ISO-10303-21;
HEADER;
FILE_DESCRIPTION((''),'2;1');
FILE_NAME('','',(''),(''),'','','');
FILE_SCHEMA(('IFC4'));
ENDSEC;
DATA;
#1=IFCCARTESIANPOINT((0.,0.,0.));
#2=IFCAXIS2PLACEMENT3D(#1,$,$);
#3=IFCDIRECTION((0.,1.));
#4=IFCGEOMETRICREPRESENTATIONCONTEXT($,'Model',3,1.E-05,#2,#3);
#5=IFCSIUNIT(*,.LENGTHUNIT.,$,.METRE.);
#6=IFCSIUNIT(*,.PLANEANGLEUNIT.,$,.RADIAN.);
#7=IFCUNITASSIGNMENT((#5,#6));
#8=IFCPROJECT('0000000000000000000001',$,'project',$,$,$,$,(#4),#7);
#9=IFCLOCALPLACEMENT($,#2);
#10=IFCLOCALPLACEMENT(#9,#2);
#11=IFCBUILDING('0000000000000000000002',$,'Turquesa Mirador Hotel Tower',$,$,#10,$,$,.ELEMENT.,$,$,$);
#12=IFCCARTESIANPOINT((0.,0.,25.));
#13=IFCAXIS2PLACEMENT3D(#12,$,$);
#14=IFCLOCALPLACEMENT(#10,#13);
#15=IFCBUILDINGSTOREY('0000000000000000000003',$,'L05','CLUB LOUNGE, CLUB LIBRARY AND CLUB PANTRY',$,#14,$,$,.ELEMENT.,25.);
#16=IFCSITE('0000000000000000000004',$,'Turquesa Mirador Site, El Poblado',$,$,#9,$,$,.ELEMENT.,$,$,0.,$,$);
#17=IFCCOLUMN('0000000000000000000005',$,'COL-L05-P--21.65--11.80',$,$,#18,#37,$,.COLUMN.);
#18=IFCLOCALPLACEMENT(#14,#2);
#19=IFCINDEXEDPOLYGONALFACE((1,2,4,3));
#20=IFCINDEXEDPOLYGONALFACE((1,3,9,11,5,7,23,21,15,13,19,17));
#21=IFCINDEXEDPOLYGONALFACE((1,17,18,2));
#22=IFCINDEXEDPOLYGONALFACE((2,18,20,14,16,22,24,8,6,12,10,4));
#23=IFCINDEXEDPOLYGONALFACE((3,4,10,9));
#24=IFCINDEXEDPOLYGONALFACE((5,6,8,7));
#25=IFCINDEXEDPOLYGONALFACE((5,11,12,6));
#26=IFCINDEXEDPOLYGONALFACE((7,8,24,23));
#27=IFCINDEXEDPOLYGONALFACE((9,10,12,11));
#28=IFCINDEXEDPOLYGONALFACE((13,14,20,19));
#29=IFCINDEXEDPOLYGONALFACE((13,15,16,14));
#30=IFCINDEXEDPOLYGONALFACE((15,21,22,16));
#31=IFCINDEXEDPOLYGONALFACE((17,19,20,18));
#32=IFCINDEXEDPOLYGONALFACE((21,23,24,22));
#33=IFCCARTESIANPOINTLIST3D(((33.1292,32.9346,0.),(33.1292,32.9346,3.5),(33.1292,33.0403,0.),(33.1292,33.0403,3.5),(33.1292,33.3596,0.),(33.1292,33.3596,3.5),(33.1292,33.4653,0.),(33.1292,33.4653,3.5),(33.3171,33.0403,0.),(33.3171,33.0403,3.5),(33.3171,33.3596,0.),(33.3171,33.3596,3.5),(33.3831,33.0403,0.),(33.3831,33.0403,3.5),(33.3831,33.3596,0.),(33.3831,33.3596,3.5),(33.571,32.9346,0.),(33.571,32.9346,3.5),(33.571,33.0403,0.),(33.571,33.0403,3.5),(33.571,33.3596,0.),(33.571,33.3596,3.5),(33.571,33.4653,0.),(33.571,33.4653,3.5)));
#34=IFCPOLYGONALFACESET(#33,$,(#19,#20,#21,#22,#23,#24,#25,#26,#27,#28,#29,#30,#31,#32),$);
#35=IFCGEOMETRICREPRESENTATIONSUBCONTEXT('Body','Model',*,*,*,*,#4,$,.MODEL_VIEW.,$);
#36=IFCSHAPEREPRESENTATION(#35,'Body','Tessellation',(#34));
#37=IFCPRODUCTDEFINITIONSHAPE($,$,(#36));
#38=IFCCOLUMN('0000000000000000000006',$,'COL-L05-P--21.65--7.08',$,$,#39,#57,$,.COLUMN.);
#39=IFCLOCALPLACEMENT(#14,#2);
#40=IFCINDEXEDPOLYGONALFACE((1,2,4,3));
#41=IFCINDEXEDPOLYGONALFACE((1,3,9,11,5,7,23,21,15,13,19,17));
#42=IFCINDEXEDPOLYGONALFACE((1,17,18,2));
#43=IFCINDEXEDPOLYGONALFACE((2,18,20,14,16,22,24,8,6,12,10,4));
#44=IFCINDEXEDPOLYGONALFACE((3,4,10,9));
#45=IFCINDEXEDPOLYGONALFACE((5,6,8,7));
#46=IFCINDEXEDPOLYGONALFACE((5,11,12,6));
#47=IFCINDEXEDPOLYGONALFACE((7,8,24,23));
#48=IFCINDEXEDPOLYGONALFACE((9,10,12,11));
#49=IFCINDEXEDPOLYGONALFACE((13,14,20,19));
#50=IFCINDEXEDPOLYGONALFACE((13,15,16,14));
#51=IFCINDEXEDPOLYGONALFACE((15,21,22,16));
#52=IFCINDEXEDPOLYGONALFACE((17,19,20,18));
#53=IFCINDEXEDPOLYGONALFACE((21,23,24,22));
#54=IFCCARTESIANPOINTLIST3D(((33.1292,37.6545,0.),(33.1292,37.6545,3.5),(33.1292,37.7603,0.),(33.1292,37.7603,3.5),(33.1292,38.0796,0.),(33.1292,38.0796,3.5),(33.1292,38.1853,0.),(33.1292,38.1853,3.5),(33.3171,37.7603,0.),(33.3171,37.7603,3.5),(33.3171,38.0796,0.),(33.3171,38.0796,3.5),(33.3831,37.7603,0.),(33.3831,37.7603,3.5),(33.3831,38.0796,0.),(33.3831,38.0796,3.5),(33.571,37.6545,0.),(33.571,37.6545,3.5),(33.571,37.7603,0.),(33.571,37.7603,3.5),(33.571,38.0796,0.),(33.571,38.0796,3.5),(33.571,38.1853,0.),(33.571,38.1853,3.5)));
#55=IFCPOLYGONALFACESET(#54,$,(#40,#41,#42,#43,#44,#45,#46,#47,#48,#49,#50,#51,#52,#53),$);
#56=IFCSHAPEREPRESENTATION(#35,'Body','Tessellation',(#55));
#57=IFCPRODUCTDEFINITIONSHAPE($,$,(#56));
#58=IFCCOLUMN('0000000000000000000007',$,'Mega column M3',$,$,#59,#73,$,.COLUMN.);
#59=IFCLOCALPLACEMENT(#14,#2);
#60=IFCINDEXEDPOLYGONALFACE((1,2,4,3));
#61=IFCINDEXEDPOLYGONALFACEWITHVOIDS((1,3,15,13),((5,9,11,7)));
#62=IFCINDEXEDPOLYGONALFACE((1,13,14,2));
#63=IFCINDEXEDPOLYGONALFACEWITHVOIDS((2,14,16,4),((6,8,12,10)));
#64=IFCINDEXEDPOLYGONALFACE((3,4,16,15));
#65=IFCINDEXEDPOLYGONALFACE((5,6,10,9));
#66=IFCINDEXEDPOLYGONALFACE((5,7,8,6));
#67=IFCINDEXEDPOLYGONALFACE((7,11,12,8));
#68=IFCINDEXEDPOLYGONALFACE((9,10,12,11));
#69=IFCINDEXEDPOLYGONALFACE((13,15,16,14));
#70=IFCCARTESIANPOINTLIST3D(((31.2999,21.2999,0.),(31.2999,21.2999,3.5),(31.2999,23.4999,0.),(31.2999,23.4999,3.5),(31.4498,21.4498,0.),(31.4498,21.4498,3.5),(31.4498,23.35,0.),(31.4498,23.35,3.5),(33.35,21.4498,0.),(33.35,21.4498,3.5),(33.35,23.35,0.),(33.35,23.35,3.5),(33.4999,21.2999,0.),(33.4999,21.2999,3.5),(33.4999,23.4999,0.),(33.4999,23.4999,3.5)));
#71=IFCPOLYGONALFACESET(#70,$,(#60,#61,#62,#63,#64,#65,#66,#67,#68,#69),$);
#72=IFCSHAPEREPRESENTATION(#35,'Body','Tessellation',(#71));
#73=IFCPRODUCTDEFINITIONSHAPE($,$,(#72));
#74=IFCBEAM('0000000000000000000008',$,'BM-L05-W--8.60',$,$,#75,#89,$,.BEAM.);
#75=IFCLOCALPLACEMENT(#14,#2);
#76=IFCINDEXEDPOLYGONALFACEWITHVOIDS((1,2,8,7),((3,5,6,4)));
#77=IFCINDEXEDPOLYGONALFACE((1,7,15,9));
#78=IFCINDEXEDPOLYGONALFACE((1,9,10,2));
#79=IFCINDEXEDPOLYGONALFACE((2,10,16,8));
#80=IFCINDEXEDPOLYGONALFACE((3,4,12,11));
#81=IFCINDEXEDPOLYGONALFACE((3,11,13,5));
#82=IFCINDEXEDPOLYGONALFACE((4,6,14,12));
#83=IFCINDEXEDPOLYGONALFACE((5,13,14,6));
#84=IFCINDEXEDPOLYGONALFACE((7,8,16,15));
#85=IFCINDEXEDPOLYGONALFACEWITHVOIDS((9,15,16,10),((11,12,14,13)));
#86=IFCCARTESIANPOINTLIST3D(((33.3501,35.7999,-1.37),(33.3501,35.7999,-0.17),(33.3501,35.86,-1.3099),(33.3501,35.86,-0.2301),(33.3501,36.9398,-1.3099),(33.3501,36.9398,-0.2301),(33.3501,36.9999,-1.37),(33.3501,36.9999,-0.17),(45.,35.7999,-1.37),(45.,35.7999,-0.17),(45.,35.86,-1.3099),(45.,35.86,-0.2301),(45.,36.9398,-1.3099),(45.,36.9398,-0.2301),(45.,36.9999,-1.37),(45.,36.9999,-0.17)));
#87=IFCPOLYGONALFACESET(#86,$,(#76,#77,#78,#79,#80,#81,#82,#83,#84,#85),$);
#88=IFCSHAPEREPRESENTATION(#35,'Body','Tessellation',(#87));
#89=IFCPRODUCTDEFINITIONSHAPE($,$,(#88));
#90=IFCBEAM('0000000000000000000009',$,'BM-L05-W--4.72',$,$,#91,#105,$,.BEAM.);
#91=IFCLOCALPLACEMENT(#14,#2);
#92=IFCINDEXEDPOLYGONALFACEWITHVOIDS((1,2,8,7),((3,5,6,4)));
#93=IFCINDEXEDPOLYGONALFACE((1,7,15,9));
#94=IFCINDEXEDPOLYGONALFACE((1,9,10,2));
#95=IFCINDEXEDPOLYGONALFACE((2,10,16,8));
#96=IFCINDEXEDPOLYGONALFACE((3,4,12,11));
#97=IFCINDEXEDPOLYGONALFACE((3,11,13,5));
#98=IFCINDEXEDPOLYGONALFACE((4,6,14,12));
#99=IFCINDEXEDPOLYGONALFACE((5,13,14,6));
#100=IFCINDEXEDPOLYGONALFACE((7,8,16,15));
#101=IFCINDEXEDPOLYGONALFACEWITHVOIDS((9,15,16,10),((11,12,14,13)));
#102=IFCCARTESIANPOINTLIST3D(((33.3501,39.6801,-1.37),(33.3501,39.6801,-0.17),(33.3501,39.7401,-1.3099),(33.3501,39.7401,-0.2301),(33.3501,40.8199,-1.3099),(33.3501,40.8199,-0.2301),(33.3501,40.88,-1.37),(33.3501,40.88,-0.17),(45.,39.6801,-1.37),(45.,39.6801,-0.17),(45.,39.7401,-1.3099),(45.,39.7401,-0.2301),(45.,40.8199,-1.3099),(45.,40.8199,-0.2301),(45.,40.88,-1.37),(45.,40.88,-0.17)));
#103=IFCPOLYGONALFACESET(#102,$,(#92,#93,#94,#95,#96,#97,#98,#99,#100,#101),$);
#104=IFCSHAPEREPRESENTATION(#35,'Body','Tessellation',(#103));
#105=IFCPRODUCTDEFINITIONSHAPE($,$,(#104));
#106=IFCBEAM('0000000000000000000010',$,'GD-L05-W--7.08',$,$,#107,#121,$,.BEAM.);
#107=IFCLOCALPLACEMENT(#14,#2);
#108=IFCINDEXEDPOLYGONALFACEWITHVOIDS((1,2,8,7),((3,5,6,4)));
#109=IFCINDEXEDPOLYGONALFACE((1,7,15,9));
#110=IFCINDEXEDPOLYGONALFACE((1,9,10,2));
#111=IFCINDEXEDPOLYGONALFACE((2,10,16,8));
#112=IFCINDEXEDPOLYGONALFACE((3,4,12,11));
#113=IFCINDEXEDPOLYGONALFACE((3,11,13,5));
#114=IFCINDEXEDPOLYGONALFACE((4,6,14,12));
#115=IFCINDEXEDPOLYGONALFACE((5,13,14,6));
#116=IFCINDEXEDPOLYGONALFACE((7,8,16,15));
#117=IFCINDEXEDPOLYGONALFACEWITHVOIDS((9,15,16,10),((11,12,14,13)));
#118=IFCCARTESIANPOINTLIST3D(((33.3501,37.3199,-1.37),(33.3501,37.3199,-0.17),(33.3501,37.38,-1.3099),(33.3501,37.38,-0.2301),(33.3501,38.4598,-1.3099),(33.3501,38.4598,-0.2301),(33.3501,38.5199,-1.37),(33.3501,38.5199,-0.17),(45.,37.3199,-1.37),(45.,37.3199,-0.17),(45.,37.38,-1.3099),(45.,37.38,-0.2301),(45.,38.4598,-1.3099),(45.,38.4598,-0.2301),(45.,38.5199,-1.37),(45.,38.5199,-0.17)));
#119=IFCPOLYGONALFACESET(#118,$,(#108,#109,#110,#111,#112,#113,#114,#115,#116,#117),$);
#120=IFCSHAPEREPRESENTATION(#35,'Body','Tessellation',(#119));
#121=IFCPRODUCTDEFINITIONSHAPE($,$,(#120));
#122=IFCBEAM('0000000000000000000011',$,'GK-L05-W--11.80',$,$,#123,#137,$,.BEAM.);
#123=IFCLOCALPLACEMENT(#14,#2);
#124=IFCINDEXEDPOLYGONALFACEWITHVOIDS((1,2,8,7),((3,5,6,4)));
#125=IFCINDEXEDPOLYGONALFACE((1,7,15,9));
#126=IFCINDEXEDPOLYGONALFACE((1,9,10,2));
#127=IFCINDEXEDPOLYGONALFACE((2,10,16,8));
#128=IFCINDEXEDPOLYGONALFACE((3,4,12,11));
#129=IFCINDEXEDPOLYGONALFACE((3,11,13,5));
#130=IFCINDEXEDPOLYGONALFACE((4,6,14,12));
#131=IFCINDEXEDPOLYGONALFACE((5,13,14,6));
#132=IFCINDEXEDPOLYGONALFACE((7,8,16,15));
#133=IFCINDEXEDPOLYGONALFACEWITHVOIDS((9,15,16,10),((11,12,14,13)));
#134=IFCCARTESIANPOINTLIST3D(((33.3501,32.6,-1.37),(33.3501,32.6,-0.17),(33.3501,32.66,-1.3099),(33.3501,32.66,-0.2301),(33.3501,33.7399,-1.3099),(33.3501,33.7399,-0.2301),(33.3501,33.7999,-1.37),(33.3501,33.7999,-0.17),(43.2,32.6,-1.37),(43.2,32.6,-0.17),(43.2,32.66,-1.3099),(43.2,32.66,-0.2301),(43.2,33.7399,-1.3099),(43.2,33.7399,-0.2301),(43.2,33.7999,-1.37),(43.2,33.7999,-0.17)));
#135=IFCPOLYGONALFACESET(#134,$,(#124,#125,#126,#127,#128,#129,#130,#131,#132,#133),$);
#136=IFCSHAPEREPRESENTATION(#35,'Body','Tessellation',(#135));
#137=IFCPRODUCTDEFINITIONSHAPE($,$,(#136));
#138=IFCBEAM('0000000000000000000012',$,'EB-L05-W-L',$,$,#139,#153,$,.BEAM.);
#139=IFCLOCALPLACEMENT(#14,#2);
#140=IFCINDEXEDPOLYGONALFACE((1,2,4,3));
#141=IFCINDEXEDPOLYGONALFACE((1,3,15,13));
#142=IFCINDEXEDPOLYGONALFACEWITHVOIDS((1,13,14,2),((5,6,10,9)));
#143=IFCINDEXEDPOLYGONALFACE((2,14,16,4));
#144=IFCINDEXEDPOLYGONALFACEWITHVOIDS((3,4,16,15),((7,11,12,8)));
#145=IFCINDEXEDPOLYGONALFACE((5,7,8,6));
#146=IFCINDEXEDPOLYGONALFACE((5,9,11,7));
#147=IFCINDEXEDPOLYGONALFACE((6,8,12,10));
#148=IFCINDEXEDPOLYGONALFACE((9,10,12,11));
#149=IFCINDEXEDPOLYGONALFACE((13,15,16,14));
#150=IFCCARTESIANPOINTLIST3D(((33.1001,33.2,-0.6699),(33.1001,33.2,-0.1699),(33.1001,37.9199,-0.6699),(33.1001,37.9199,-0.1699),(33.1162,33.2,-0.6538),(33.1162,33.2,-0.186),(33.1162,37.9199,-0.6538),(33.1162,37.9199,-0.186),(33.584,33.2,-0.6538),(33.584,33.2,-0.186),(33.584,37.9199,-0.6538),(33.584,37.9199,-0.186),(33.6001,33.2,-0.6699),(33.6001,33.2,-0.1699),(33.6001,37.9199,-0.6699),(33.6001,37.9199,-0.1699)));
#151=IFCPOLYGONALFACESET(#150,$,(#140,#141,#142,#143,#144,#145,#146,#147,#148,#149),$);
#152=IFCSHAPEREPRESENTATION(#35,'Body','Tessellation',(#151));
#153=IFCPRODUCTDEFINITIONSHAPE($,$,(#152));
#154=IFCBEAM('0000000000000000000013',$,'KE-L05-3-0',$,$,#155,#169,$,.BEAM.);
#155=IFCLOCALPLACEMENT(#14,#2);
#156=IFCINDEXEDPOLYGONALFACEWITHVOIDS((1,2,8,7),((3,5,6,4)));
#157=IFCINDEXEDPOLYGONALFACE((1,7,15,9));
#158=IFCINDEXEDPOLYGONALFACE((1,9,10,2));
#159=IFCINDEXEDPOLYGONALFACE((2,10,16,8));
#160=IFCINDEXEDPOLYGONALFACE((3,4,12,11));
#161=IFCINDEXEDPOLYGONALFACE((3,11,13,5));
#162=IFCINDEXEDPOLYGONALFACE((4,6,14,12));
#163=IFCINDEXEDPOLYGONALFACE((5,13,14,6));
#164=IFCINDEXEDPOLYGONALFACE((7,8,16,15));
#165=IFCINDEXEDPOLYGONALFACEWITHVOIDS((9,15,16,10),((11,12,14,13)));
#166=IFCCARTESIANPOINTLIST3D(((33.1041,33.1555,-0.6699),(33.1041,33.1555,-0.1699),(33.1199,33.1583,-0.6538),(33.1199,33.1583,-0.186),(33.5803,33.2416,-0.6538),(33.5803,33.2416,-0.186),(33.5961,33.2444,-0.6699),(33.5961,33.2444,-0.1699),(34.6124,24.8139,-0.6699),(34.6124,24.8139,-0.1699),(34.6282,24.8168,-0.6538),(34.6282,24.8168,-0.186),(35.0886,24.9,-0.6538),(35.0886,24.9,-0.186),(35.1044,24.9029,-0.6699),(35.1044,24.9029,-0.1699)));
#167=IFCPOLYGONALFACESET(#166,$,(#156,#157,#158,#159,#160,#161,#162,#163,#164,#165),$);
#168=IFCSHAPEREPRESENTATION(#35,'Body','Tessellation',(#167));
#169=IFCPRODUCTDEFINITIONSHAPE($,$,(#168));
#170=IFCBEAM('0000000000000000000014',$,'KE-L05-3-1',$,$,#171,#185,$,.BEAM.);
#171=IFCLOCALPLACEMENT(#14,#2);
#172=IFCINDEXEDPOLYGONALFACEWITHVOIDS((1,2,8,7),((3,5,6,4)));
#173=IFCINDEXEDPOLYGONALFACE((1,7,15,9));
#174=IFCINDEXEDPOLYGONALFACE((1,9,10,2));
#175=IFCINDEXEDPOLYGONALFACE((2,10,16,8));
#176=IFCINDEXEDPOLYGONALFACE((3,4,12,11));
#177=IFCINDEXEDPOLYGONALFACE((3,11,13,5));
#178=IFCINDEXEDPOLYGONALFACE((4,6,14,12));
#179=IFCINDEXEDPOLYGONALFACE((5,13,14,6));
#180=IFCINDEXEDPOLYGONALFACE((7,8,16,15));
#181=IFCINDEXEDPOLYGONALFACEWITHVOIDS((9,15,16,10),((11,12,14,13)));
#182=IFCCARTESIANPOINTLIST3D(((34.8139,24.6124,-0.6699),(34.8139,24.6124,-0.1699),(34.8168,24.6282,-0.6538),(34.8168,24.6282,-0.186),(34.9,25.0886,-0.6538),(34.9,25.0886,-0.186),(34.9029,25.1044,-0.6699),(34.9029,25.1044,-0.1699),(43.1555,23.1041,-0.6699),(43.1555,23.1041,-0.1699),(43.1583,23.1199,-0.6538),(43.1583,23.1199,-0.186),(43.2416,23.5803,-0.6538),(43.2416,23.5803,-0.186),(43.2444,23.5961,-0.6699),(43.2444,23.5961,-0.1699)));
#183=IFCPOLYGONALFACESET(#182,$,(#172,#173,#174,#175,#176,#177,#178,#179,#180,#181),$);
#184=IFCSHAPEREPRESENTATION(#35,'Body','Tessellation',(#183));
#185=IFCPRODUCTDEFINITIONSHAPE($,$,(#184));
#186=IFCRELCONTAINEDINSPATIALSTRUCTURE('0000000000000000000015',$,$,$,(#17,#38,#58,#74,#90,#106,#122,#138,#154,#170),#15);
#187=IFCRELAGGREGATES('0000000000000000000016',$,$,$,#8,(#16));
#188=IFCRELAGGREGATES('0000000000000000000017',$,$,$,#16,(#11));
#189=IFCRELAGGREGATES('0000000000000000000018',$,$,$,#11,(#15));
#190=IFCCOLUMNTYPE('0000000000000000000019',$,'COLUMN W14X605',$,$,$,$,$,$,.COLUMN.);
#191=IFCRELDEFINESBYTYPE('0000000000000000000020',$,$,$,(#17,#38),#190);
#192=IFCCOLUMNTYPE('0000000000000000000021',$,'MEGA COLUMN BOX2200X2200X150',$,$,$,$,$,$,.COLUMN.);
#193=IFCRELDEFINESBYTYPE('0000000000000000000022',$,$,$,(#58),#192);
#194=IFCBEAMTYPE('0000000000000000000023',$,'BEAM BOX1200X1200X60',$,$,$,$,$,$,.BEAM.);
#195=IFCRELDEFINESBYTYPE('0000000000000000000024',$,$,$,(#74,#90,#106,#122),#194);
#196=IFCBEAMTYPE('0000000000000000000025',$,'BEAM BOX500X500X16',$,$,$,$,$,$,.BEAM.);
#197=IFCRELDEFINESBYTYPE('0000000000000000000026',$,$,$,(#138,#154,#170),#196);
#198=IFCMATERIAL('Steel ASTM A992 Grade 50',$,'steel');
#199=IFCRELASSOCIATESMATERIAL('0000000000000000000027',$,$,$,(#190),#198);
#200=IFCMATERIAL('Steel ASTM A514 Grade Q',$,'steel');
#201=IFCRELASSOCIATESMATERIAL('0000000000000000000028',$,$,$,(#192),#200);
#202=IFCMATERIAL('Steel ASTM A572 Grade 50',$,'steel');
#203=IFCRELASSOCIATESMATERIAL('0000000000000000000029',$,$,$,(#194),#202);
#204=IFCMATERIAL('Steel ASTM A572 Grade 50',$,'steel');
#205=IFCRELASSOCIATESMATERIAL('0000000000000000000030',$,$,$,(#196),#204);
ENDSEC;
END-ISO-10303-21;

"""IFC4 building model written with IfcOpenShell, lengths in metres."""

from ifc_helpers import new_model, si_unit, direction, frame, origin, origin_2d, place, context, subcontext, project, spatial, hollow_rectangle, i_section, extrude, material, material_profile, profile_set, type_object, element, save


model = new_model("IFC4")

# Units and contexts
model_context = context("Model", 3, precision=1e-05, world=origin(), true_north=direction((0.0, 1.0)))
body_context = subcontext(model_context, "Body", "Model", "MODEL_VIEW")
ifc_project = project(units=[si_unit("LENGTHUNIT", "METRE"), si_unit("PLANEANGLEUNIT", "RADIAN")], contexts=[model_context])

# Site, building, storey
site_placement = place(None, origin())
site = spatial("IfcSite", under=ifc_project, at=site_placement, Name="Turquesa Mirador Site, El Poblado", CompositionType="ELEMENT", RefElevation=0.0)
building_placement = place(site_placement, origin())
building = spatial("IfcBuilding", under=site, at=building_placement, Name="Turquesa Mirador Hotel Tower", CompositionType="ELEMENT")
storey_placement = place(building_placement, frame((0.0, 0.0, 25.0)))
storey = spatial("IfcBuildingStorey", under=building, at=storey_placement, Name="L05", Description="CLUB LOUNGE, CLUB LIBRARY AND CLUB PANTRY", CompositionType="ELEMENT", Elevation=25.0)

# Columns
ifc_material_1 = material(Name="Steel ASTM A992 Grade 50", Category="steel")
ifc_material_profile_1 = material_profile(ifc_material_1, i_section(OverallWidth=0.4419, OverallDepth=0.5308, WebThickness=0.0659, FlangeThickness=0.1057, at=origin_2d()), Name="W14X605")
ifc_profile_set_1 = profile_set([ifc_material_profile_1], Name="Steel ASTM A992 Grade 50")
column_type_1 = type_object("IfcColumnType", Name="COLUMN W14X605", PredefinedType="COLUMN", material=ifc_profile_set_1)
for number, where, z_axis, x_axis, name in (
    (1, (33.3501, 33.2, 0.0), (0.0, 0.0, 1.0), (1.0, 0.0, 0.0), "COL-L05-P--21.65--11.80"),
    (2, (33.3501, 37.9199, 0.0), (0.0, 0.0, 1.0), (1.0, 0.0, 0.0), "COL-L05-P--21.65--7.08"),
):
    element("IfcColumn", number, at=place(storey_placement, frame(where, z_axis=z_axis, x_axis=x_axis)), inside=storey, type_object=column_type_1, Name=name, PredefinedType="COLUMN", context=body_context, shape_type="SweptSolid", body=[
        extrude(i_section(OverallWidth=0.4419, OverallDepth=0.5308, WebThickness=0.0659, FlangeThickness=0.1057, at=origin_2d()), origin(), (0.0, 0.0, 1.0), 3.5),
    ])
ifc_material_2 = material(Name="Steel ASTM A514 Grade Q", Category="steel")
ifc_material_profile_2 = material_profile(ifc_material_2, hollow_rectangle(XDim=2.2, YDim=2.2, WallThickness=0.1499, at=origin_2d()), Name="BOX2200X2200X150")
ifc_profile_set_2 = profile_set([ifc_material_profile_2], Name="Steel ASTM A514 Grade Q")
column_type_2 = type_object("IfcColumnType", Name="MEGA COLUMN BOX2200X2200X150", PredefinedType="COLUMN", material=ifc_profile_set_2)
column_placement = place(storey_placement, frame((32.3999, 22.3999, 0.0), z_axis=(0.0, 0.0, 1.0), x_axis=(1.0, 0.0, 0.0)))
element("IfcColumn", 3, at=column_placement, inside=storey, type_object=column_type_2, Name="Mega column M3", PredefinedType="COLUMN", context=body_context, shape_type="SweptSolid", body=[
    extrude(hollow_rectangle(XDim=2.2, YDim=2.2, WallThickness=0.1499, at=origin_2d()), origin(), (0.0, 0.0, 1.0), 3.5),
])

# Beams
ifc_material_3 = material(Name="Steel ASTM A572 Grade 50", Category="steel")
ifc_material_profile_3 = material_profile(ifc_material_3, hollow_rectangle(XDim=1.2, YDim=1.2, WallThickness=0.0601, at=origin_2d()), Name="BOX1200X1200X60")
ifc_profile_set_3 = profile_set([ifc_material_profile_3], Name="Steel ASTM A572 Grade 50")
beam_type_1 = type_object("IfcBeamType", Name="BEAM BOX1200X1200X60", PredefinedType="BEAM", material=ifc_profile_set_3)
for number, where, z_axis, x_axis, name in (
    (4, (33.3501, 36.3999, -0.77), (1.0, 0.0, 0.0), (0.0, 1.0, 0.0), "BM-L05-W--8.60"),
    (5, (33.3501, 40.28, -0.77), (1.0, 0.0, 0.0), (0.0, 1.0, 0.0), "BM-L05-W--4.72"),
    (6, (33.3501, 37.9199, -0.77), (1.0, 0.0, 0.0), (0.0, 1.0, 0.0), "GD-L05-W--7.08"),
):
    element("IfcBeam", number, at=place(storey_placement, frame(where, z_axis=z_axis, x_axis=x_axis)), inside=storey, type_object=beam_type_1, Name=name, PredefinedType="BEAM", context=body_context, shape_type="SweptSolid", body=[
        extrude(hollow_rectangle(XDim=1.2, YDim=1.2, WallThickness=0.0601, at=origin_2d()), origin(), (0.0, 0.0, 1.0), 11.6499),
    ])
beam_1_placement = place(storey_placement, frame((33.3501, 33.2, -0.77), z_axis=(1.0, 0.0, 0.0), x_axis=(0.0, 1.0, 0.0)))
element("IfcBeam", 7, at=beam_1_placement, inside=storey, type_object=beam_type_1, Name="GK-L05-W--11.80", PredefinedType="BEAM", context=body_context, shape_type="SweptSolid", body=[
    extrude(hollow_rectangle(XDim=1.2, YDim=1.2, WallThickness=0.0601, at=origin_2d()), origin(), (0.0, 0.0, 1.0), 9.8499),
])
ifc_material_4 = material(Name="Steel ASTM A572 Grade 50", Category="steel")
ifc_material_profile_4 = material_profile(ifc_material_4, hollow_rectangle(XDim=0.5, YDim=0.5, WallThickness=0.0161, at=origin_2d()), Name="BOX500X500X16")
ifc_profile_set_4 = profile_set([ifc_material_profile_4], Name="Steel ASTM A572 Grade 50")
beam_type_2 = type_object("IfcBeamType", Name="BEAM BOX500X500X16", PredefinedType="BEAM", material=ifc_profile_set_4)
beam_2_placement = place(storey_placement, frame((33.3501, 33.2, -0.4199), z_axis=(0.0, 1.0, 0.0), x_axis=(-1.0, 0.0, 0.0)))
element("IfcBeam", 8, at=beam_2_placement, inside=storey, type_object=beam_type_2, Name="EB-L05-W-L", PredefinedType="BEAM", context=body_context, shape_type="SweptSolid", body=[
    extrude(hollow_rectangle(XDim=0.5, YDim=0.5, WallThickness=0.0161, at=origin_2d()), origin(), (0.0, 0.0, 1.0), 4.72),
])
for number, where, z_axis, x_axis, name in (
    (9, (33.3501, 33.2, -0.4199), (0.177932, -0.984043, 0.0), (0.984043, 0.177932, 0.0), "KE-L05-3-0"),
    (10, (34.8584, 24.8584, -0.4199), (0.984043, -0.177932, 0.0), (0.177932, 0.984043, 0.0), "KE-L05-3-1"),
):
    element("IfcBeam", number, at=place(storey_placement, frame(where, z_axis=z_axis, x_axis=x_axis)), inside=storey, type_object=beam_type_2, Name=name, PredefinedType="BEAM", context=body_context, shape_type="SweptSolid", body=[
        extrude(hollow_rectangle(XDim=0.5, YDim=0.5, WallThickness=0.0161, at=origin_2d()), origin(), (0.0, 0.0, 1.0), 8.4768),
    ])

save(model, "model.ifc")
